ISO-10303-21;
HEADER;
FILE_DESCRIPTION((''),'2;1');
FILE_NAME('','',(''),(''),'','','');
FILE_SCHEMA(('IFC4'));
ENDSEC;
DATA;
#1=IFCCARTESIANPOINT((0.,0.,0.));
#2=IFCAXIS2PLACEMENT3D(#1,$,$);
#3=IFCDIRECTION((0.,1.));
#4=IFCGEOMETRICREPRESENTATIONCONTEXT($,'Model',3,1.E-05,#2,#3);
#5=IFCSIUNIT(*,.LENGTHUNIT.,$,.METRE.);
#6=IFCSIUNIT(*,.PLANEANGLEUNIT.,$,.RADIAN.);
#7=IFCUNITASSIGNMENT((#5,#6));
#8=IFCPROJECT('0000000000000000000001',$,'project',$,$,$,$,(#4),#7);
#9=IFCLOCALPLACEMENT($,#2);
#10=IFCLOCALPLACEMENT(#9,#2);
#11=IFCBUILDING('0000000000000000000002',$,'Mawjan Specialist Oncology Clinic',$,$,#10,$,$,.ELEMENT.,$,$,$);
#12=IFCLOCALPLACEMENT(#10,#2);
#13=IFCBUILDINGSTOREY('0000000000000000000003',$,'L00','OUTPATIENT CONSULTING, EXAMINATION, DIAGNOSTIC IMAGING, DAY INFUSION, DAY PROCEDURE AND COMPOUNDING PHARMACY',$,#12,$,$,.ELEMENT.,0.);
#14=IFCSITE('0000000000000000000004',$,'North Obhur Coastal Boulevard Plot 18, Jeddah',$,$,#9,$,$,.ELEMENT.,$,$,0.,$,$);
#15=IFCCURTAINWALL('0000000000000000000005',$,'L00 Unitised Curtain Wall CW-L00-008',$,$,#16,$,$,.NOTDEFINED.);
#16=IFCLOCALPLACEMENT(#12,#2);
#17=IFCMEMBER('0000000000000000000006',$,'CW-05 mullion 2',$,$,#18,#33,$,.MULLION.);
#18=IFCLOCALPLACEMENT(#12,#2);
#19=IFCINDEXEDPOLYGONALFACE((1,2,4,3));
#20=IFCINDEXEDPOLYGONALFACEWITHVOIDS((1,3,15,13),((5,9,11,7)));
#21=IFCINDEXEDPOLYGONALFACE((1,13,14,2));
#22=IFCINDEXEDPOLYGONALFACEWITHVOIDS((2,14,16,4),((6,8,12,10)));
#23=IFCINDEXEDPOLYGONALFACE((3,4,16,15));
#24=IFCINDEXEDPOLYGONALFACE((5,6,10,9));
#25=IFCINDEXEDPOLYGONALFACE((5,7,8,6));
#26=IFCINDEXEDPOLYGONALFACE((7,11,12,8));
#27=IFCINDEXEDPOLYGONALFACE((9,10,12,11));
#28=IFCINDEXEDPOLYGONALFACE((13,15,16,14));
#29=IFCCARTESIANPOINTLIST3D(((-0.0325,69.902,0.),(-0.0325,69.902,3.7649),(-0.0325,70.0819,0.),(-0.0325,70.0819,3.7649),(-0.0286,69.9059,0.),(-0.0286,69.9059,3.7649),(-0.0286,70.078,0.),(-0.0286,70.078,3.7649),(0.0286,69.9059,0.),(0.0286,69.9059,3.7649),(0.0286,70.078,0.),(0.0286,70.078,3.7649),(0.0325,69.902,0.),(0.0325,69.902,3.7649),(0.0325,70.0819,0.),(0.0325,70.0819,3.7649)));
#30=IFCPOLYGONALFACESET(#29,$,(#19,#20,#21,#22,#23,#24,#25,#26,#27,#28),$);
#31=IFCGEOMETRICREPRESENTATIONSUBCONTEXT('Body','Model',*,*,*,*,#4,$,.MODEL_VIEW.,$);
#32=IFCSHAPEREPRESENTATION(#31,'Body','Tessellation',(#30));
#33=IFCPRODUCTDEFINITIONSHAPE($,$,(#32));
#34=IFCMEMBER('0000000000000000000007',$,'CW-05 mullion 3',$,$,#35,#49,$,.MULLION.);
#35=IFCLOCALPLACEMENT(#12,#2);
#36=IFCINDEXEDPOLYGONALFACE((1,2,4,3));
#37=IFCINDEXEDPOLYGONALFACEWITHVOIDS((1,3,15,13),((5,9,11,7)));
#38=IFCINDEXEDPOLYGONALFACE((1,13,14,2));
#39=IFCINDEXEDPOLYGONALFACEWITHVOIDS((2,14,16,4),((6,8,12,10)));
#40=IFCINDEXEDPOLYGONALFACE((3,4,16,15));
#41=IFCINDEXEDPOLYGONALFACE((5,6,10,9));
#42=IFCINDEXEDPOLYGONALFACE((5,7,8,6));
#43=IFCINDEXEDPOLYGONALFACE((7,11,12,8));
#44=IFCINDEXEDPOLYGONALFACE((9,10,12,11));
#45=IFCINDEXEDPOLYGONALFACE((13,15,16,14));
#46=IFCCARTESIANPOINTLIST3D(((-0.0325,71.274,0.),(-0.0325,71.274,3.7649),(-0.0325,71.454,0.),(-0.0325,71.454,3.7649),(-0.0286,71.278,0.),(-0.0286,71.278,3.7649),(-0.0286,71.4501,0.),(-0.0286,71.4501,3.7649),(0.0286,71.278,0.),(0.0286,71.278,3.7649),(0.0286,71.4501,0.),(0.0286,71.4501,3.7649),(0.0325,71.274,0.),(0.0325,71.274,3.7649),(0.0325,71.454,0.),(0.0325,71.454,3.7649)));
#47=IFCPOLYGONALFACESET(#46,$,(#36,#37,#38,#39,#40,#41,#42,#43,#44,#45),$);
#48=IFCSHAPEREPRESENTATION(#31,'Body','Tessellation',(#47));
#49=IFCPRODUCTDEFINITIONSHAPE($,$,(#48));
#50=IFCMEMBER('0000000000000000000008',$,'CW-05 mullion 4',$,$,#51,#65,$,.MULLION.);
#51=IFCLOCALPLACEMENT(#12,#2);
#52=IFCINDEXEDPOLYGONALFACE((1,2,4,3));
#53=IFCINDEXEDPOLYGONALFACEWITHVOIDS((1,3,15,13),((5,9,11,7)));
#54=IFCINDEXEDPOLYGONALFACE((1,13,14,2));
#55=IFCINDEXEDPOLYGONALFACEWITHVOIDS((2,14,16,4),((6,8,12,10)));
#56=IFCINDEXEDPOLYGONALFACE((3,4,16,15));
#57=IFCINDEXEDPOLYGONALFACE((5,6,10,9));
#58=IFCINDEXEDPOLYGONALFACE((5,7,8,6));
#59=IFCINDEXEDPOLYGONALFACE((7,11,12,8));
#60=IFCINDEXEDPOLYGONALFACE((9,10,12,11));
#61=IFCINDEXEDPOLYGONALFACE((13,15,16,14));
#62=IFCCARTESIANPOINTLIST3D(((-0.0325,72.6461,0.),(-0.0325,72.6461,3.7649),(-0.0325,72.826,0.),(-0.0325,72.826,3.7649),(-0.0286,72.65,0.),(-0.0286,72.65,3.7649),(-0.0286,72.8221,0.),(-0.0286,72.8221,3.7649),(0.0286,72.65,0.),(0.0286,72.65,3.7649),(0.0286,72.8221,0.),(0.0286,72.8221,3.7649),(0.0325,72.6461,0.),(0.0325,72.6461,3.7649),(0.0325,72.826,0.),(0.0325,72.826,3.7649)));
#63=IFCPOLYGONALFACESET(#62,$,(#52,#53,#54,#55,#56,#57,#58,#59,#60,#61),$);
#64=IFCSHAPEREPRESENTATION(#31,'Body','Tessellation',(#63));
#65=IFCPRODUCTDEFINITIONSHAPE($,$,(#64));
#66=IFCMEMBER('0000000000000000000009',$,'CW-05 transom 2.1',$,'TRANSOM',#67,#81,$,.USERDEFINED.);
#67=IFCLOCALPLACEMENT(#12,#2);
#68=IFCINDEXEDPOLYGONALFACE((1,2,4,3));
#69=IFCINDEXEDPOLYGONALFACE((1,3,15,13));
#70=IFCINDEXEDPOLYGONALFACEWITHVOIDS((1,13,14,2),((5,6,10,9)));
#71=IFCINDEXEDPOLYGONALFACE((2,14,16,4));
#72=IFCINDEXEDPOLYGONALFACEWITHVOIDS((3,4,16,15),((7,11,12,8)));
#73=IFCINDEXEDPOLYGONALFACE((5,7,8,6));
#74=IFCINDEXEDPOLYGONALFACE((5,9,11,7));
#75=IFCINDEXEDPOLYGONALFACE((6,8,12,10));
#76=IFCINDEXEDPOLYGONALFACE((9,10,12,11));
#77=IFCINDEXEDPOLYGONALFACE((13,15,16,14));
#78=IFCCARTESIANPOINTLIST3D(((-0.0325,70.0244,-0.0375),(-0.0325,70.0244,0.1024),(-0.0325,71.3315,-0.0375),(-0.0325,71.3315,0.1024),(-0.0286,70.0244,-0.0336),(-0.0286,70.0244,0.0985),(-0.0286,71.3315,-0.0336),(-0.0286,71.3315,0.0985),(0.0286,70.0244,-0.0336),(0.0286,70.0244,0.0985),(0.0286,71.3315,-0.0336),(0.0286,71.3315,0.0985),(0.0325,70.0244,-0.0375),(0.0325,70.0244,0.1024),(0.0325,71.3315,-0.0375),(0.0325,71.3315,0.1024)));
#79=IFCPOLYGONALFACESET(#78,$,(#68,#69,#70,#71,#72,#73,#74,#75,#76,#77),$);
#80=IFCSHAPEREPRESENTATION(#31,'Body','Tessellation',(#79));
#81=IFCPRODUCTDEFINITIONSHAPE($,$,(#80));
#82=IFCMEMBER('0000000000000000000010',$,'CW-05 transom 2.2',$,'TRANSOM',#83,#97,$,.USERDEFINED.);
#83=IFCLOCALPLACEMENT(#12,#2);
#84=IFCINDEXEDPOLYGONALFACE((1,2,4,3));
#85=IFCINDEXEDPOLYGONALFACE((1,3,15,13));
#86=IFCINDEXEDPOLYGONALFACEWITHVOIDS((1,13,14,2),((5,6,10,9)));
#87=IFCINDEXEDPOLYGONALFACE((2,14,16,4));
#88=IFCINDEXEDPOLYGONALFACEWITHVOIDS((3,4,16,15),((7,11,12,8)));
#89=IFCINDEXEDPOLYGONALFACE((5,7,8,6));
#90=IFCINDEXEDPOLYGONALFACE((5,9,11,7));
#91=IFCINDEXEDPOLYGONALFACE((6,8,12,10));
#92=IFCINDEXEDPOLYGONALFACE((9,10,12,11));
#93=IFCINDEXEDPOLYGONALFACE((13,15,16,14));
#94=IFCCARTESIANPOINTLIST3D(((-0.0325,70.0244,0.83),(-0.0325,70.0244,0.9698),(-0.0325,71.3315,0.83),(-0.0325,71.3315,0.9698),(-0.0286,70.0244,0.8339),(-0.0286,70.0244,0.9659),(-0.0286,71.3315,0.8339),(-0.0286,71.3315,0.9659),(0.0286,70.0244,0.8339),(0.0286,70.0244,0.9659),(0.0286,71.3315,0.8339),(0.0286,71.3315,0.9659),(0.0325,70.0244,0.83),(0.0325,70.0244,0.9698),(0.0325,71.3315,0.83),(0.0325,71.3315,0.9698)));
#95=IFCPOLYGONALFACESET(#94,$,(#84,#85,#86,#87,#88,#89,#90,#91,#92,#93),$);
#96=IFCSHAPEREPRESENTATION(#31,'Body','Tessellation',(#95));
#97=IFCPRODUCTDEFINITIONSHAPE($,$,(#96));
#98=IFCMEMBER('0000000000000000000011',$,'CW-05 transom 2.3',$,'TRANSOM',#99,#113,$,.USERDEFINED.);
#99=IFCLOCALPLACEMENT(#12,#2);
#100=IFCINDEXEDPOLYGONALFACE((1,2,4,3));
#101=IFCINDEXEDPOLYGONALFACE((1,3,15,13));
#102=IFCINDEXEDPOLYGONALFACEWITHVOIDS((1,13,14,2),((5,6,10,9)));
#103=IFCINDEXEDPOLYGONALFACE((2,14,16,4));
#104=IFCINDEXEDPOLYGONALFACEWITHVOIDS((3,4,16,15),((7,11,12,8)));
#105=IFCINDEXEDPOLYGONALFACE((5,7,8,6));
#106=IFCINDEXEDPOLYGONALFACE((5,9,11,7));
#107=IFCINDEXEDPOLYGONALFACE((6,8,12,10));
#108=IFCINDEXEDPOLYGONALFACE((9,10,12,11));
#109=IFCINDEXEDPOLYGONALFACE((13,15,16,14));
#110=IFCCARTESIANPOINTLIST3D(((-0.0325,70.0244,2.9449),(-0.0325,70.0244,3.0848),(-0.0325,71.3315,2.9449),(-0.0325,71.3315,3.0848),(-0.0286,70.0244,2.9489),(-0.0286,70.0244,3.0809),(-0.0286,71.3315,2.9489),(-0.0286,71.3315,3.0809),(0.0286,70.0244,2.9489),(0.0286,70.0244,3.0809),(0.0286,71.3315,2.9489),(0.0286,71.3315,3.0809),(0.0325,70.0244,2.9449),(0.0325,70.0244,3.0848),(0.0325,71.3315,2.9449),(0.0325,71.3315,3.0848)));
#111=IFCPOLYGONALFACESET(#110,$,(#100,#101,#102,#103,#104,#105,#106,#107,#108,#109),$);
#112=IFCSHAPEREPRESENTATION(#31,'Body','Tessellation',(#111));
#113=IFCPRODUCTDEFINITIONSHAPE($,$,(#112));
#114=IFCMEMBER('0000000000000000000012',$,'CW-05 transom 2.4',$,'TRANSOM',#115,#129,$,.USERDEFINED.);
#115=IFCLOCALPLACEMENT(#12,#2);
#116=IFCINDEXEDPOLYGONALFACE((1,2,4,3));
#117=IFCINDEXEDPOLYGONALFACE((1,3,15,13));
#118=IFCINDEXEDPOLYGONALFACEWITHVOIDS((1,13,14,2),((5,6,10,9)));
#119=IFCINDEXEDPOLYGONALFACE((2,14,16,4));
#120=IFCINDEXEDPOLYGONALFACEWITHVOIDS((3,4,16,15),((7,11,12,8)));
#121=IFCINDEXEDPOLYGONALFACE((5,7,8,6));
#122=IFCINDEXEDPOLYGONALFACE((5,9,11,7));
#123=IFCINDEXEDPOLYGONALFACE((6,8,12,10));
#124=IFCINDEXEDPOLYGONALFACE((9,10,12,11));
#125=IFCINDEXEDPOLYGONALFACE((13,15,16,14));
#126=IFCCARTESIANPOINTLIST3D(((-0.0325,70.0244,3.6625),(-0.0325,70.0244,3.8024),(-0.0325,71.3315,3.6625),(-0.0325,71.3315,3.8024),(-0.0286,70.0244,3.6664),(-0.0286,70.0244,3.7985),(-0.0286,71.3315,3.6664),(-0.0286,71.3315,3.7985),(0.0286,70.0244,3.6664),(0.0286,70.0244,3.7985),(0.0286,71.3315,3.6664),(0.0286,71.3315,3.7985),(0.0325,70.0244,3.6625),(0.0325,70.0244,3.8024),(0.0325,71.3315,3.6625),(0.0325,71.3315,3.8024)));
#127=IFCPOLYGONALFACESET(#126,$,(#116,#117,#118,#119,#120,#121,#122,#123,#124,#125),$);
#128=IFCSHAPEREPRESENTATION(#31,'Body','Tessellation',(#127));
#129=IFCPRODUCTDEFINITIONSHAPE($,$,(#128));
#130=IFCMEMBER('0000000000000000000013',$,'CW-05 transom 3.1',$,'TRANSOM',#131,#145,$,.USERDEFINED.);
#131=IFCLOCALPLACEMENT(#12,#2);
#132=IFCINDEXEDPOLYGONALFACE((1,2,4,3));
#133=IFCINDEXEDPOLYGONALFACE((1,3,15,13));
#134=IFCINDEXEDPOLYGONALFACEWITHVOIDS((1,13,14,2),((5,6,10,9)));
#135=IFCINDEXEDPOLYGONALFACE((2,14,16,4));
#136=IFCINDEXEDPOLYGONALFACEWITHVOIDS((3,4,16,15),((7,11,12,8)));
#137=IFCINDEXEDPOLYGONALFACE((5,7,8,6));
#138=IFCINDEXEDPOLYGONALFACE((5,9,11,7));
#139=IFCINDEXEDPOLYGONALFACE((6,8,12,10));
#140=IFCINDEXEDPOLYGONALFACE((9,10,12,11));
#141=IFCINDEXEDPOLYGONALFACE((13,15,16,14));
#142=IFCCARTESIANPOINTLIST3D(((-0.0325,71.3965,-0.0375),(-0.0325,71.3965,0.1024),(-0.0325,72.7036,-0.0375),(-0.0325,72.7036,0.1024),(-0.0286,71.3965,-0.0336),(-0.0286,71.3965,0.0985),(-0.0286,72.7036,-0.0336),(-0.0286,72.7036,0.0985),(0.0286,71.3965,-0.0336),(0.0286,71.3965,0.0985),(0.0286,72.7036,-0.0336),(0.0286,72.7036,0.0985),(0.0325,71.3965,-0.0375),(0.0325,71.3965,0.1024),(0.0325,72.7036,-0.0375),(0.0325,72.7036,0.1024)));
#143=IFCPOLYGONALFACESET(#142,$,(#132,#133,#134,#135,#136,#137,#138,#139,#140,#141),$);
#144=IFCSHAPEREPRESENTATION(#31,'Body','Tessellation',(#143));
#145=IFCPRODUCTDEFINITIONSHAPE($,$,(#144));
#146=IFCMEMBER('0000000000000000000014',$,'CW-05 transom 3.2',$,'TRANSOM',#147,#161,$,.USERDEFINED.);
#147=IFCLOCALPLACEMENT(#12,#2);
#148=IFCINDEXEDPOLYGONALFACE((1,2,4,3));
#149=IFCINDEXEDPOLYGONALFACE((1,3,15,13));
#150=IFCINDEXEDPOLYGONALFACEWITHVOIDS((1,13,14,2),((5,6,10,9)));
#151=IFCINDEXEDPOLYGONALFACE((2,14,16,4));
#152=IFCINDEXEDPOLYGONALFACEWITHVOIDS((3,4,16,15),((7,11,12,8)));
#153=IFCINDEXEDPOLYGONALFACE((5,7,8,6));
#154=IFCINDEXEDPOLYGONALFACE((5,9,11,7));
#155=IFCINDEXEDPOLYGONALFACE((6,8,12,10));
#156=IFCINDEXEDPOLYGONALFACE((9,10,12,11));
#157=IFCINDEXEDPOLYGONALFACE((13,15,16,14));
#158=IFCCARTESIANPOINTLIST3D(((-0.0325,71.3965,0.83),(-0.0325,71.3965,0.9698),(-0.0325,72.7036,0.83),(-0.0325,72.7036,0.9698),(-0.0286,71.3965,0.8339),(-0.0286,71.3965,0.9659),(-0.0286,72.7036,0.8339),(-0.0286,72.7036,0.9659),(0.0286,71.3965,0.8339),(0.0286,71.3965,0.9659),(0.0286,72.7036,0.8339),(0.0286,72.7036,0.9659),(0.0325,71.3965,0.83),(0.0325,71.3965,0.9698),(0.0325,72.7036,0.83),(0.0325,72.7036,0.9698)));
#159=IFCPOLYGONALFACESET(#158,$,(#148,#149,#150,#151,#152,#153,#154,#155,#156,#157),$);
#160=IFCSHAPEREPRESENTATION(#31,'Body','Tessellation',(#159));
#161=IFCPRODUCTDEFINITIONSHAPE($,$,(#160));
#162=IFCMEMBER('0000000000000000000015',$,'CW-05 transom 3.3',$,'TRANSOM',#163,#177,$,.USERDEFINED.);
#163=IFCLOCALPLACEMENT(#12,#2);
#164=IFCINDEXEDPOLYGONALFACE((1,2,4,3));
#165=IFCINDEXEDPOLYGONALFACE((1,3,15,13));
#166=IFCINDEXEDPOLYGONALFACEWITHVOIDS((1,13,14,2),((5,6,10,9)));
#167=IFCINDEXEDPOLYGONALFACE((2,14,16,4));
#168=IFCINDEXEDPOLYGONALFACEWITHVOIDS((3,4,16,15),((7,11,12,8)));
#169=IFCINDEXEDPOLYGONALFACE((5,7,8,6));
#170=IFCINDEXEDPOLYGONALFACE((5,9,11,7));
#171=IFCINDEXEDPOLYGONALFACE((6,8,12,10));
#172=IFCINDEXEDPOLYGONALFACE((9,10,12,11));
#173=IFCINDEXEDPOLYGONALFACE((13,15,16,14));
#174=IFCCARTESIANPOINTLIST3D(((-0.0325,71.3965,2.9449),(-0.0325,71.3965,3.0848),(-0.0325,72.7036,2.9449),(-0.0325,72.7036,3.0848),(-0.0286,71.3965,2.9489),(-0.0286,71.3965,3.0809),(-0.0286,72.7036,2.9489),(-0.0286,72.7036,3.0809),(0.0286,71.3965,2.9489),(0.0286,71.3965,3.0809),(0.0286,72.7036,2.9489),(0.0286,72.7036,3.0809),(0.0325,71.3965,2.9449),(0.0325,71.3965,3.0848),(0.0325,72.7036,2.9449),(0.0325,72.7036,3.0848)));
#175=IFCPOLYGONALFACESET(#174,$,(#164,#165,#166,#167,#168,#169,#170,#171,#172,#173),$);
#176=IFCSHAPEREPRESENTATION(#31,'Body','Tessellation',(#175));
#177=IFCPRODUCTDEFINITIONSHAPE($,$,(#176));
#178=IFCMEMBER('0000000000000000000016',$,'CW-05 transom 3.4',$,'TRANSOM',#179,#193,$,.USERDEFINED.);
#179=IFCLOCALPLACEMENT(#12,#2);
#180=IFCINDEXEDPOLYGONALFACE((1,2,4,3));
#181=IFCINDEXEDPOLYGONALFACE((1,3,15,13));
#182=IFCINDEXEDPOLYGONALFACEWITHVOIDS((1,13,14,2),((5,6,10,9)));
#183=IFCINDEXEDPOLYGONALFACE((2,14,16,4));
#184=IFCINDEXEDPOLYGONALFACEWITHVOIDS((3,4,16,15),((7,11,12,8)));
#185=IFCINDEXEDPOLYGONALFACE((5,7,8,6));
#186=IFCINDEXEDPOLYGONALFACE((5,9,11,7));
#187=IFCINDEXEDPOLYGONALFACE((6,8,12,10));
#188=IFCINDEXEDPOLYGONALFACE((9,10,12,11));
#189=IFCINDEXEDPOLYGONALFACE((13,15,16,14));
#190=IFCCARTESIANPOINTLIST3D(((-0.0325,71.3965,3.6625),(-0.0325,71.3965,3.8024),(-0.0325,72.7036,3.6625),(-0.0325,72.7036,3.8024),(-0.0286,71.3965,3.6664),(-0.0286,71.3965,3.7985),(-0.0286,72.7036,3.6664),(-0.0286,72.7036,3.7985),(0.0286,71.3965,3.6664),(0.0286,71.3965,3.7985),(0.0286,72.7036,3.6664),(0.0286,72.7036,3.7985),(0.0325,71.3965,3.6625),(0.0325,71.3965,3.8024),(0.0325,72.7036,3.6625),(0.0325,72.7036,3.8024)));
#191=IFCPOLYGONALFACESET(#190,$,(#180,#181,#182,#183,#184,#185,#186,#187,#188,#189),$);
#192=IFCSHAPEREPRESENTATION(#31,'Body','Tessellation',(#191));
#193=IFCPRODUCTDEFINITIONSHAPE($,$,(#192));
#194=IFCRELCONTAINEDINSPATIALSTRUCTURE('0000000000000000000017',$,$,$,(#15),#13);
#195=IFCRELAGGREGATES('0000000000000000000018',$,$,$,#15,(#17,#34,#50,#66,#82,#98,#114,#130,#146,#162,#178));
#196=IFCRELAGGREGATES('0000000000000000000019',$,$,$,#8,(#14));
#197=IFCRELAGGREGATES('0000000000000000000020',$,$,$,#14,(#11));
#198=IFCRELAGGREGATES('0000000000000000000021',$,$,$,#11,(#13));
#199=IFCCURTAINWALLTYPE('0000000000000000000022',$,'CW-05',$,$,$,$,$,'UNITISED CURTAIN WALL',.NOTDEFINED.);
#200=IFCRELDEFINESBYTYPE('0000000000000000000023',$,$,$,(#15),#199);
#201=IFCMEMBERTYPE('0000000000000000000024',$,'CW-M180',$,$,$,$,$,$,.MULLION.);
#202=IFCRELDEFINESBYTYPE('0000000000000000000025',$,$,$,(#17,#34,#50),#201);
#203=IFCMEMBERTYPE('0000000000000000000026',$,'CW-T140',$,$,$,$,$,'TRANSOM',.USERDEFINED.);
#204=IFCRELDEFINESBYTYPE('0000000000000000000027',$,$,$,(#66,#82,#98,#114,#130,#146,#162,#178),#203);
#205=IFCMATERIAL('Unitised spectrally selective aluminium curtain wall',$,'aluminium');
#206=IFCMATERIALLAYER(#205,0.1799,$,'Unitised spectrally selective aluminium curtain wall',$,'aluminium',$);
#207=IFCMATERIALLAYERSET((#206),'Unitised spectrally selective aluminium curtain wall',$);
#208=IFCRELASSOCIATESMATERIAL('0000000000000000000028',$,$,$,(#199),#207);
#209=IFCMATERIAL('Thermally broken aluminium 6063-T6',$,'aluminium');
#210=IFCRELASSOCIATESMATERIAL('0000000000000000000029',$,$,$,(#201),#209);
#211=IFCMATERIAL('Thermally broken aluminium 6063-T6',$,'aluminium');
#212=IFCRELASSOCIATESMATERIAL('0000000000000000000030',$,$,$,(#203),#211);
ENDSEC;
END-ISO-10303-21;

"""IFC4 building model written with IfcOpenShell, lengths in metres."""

from ifc_helpers import new_model, si_unit, direction, frame, origin, origin_2d, place, context, subcontext, project, spatial, hollow_rectangle, extrude, material, layer, layer_set, material_profile, profile_set, type_object, element, aggregate, save


model = new_model("IFC4")

# Units and contexts
model_context = context("Model", 3, precision=1e-05, world=origin(), true_north=direction((0.0, 1.0)))
body_context = subcontext(model_context, "Body", "Model", "MODEL_VIEW")
ifc_project = project(units=[si_unit("LENGTHUNIT", "METRE"), si_unit("PLANEANGLEUNIT", "RADIAN")], contexts=[model_context])

# Site, building, storey
site_placement = place(None, origin())
site = spatial("IfcSite", under=ifc_project, at=site_placement, Name="North Obhur Coastal Boulevard Plot 18, Jeddah", CompositionType="ELEMENT", RefElevation=0.0)
building_placement = place(site_placement, origin())
building = spatial("IfcBuilding", under=site, at=building_placement, Name="Mawjan Specialist Oncology Clinic", CompositionType="ELEMENT")
storey_placement = place(building_placement, origin())
storey = spatial("IfcBuildingStorey", under=building, at=storey_placement, Name="L00", Description="OUTPATIENT CONSULTING, EXAMINATION, DIAGNOSTIC IMAGING, DAY INFUSION, DAY PROCEDURE AND COMPOUNDING PHARMACY", CompositionType="ELEMENT", Elevation=0.0)

# Curtain wall, members
ifc_material_1 = material(Name="Unitised spectrally selective aluminium curtain wall", Category="aluminium")
ifc_layer_1 = layer(ifc_material_1, 0.1799, Name="Unitised spectrally selective aluminium curtain wall", Category="aluminium")
ifc_layer_set_1 = layer_set([ifc_layer_1], Name="Unitised spectrally selective aluminium curtain wall")
curtain_wall_type = type_object("IfcCurtainWallType", Name="CW-05", ElementType="UNITISED CURTAIN WALL", PredefinedType="NOTDEFINED", material=ifc_layer_set_1)
curtain_wall_placement = place(storey_placement, origin())
curtain_wall = element("IfcCurtainWall", 1, at=curtain_wall_placement, inside=storey, type_object=curtain_wall_type, Name="L00 Unitised Curtain Wall CW-L00-008", PredefinedType="NOTDEFINED")
ifc_material_2 = material(Name="Thermally broken aluminium 6063-T6", Category="aluminium")
ifc_material_profile_1 = material_profile(ifc_material_2, hollow_rectangle(XDim=0.0649, YDim=0.1799, WallThickness=0.0039, at=origin_2d()), Name="ALU MULLION 180x65x4", Category="aluminium")
ifc_profile_set_1 = profile_set([ifc_material_profile_1], Name="Thermally broken aluminium 6063-T6")
member_type_1 = type_object("IfcMemberType", Name="CW-M180", PredefinedType="MULLION", material=ifc_profile_set_1)
member_1_placement = place(storey_placement, frame((0.0, 69.9919, 0.0), z_axis=(0.0, 0.0, 1.0), x_axis=(-1.0, 0.0, 0.0)))
member_1 = element("IfcMember", 2, at=member_1_placement, type_object=member_type_1, Name="CW-05 mullion 2", PredefinedType="MULLION", context=body_context, shape_type="SweptSolid", body=[
    extrude(hollow_rectangle(XDim=0.0649, YDim=0.1799, WallThickness=0.0039, at=origin_2d()), origin(), (0.0, 0.0, 1.0), 3.7649),
])
member_2_placement = place(storey_placement, frame((0.0, 71.364, 0.0), z_axis=(0.0, 0.0, 1.0), x_axis=(-1.0, 0.0, 0.0)))
member_2 = element("IfcMember", 3, at=member_2_placement, type_object=member_type_1, Name="CW-05 mullion 3", PredefinedType="MULLION", context=body_context, shape_type="SweptSolid", body=[
    extrude(hollow_rectangle(XDim=0.0649, YDim=0.1799, WallThickness=0.0039, at=origin_2d()), origin(), (0.0, 0.0, 1.0), 3.7649),
])
member_3_placement = place(storey_placement, frame((0.0, 72.7361, 0.0), z_axis=(0.0, 0.0, 1.0), x_axis=(-1.0, 0.0, 0.0)))
member_3 = element("IfcMember", 4, at=member_3_placement, type_object=member_type_1, Name="CW-05 mullion 4", PredefinedType="MULLION", context=body_context, shape_type="SweptSolid", body=[
    extrude(hollow_rectangle(XDim=0.0649, YDim=0.1799, WallThickness=0.0039, at=origin_2d()), origin(), (0.0, 0.0, 1.0), 3.7649),
])
ifc_material_3 = material(Name="Thermally broken aluminium 6063-T6", Category="aluminium")
ifc_material_profile_2 = material_profile(ifc_material_3, hollow_rectangle(XDim=0.0649, YDim=0.1399, WallThickness=0.0039, at=origin_2d()), Name="ALU TRANSOM 140x65x4", Category="aluminium")
ifc_profile_set_2 = profile_set([ifc_material_profile_2], Name="Thermally broken aluminium 6063-T6")
member_type_2 = type_object("IfcMemberType", Name="CW-T140", ElementType="TRANSOM", PredefinedType="USERDEFINED", material=ifc_profile_set_2)
member_4_placement = place(storey_placement, frame((0.0, 70.0244, 0.0325), z_axis=(0.0, 1.0, 0.0), x_axis=(-1.0, 0.0, 0.0)))
member_4 = element("IfcMember", 5, at=member_4_placement, type_object=member_type_2, Name="CW-05 transom 2.1", ObjectType="TRANSOM", PredefinedType="USERDEFINED", context=body_context, shape_type="SweptSolid", body=[
    extrude(hollow_rectangle(XDim=0.0649, YDim=0.1399, WallThickness=0.0039, at=origin_2d()), origin(), (0.0, 0.0, 1.0), 1.3071),
])
member_5_placement = place(storey_placement, frame((0.0, 70.0244, 0.8999), z_axis=(0.0, 1.0, 0.0), x_axis=(-1.0, 0.0, 0.0)))
member_5 = element("IfcMember", 6, at=member_5_placement, type_object=member_type_2, Name="CW-05 transom 2.2", ObjectType="TRANSOM", PredefinedType="USERDEFINED", context=body_context, shape_type="SweptSolid", body=[
    extrude(hollow_rectangle(XDim=0.0649, YDim=0.1399, WallThickness=0.0039, at=origin_2d()), origin(), (0.0, 0.0, 1.0), 1.3071),
])
member_6_placement = place(storey_placement, frame((0.0, 70.0244, 3.0149), z_axis=(0.0, 1.0, 0.0), x_axis=(-1.0, 0.0, 0.0)))
member_6 = element("IfcMember", 7, at=member_6_placement, type_object=member_type_2, Name="CW-05 transom 2.3", ObjectType="TRANSOM", PredefinedType="USERDEFINED", context=body_context, shape_type="SweptSolid", body=[
    extrude(hollow_rectangle(XDim=0.0649, YDim=0.1399, WallThickness=0.0039, at=origin_2d()), origin(), (0.0, 0.0, 1.0), 1.3071),
])
member_7_placement = place(storey_placement, frame((0.0, 70.0244, 3.7324), z_axis=(0.0, 1.0, 0.0), x_axis=(-1.0, 0.0, 0.0)))
member_7 = element("IfcMember", 8, at=member_7_placement, type_object=member_type_2, Name="CW-05 transom 2.4", ObjectType="TRANSOM", PredefinedType="USERDEFINED", context=body_context, shape_type="SweptSolid", body=[
    extrude(hollow_rectangle(XDim=0.0649, YDim=0.1399, WallThickness=0.0039, at=origin_2d()), origin(), (0.0, 0.0, 1.0), 1.3071),
])
member_8_placement = place(storey_placement, frame((0.0, 71.3965, 0.0325), z_axis=(0.0, 1.0, 0.0), x_axis=(-1.0, 0.0, 0.0)))
member_8 = element("IfcMember", 9, at=member_8_placement, type_object=member_type_2, Name="CW-05 transom 3.1", ObjectType="TRANSOM", PredefinedType="USERDEFINED", context=body_context, shape_type="SweptSolid", body=[
    extrude(hollow_rectangle(XDim=0.0649, YDim=0.1399, WallThickness=0.0039, at=origin_2d()), origin(), (0.0, 0.0, 1.0), 1.3071),
])
member_9_placement = place(storey_placement, frame((0.0, 71.3965, 0.8999), z_axis=(0.0, 1.0, 0.0), x_axis=(-1.0, 0.0, 0.0)))
member_9 = element("IfcMember", 10, at=member_9_placement, type_object=member_type_2, Name="CW-05 transom 3.2", ObjectType="TRANSOM", PredefinedType="USERDEFINED", context=body_context, shape_type="SweptSolid", body=[
    extrude(hollow_rectangle(XDim=0.0649, YDim=0.1399, WallThickness=0.0039, at=origin_2d()), origin(), (0.0, 0.0, 1.0), 1.3071),
])
member_10_placement = place(storey_placement, frame((0.0, 71.3965, 3.0149), z_axis=(0.0, 1.0, 0.0), x_axis=(-1.0, 0.0, 0.0)))
member_10 = element("IfcMember", 11, at=member_10_placement, type_object=member_type_2, Name="CW-05 transom 3.3", ObjectType="TRANSOM", PredefinedType="USERDEFINED", context=body_context, shape_type="SweptSolid", body=[
    extrude(hollow_rectangle(XDim=0.0649, YDim=0.1399, WallThickness=0.0039, at=origin_2d()), origin(), (0.0, 0.0, 1.0), 1.3071),
])
member_11_placement = place(storey_placement, frame((0.0, 71.3965, 3.7324), z_axis=(0.0, 1.0, 0.0), x_axis=(-1.0, 0.0, 0.0)))
member_11 = element("IfcMember", 12, at=member_11_placement, type_object=member_type_2, Name="CW-05 transom 3.4", ObjectType="TRANSOM", PredefinedType="USERDEFINED", context=body_context, shape_type="SweptSolid", body=[
    extrude(hollow_rectangle(XDim=0.0649, YDim=0.1399, WallThickness=0.0039, at=origin_2d()), origin(), (0.0, 0.0, 1.0), 1.3071),
])
aggregate(curtain_wall, [member_1, member_2, member_3, member_4, member_5, member_6, member_7, member_8, member_9, member_10, member_11])

save(model, "model.ifc")
